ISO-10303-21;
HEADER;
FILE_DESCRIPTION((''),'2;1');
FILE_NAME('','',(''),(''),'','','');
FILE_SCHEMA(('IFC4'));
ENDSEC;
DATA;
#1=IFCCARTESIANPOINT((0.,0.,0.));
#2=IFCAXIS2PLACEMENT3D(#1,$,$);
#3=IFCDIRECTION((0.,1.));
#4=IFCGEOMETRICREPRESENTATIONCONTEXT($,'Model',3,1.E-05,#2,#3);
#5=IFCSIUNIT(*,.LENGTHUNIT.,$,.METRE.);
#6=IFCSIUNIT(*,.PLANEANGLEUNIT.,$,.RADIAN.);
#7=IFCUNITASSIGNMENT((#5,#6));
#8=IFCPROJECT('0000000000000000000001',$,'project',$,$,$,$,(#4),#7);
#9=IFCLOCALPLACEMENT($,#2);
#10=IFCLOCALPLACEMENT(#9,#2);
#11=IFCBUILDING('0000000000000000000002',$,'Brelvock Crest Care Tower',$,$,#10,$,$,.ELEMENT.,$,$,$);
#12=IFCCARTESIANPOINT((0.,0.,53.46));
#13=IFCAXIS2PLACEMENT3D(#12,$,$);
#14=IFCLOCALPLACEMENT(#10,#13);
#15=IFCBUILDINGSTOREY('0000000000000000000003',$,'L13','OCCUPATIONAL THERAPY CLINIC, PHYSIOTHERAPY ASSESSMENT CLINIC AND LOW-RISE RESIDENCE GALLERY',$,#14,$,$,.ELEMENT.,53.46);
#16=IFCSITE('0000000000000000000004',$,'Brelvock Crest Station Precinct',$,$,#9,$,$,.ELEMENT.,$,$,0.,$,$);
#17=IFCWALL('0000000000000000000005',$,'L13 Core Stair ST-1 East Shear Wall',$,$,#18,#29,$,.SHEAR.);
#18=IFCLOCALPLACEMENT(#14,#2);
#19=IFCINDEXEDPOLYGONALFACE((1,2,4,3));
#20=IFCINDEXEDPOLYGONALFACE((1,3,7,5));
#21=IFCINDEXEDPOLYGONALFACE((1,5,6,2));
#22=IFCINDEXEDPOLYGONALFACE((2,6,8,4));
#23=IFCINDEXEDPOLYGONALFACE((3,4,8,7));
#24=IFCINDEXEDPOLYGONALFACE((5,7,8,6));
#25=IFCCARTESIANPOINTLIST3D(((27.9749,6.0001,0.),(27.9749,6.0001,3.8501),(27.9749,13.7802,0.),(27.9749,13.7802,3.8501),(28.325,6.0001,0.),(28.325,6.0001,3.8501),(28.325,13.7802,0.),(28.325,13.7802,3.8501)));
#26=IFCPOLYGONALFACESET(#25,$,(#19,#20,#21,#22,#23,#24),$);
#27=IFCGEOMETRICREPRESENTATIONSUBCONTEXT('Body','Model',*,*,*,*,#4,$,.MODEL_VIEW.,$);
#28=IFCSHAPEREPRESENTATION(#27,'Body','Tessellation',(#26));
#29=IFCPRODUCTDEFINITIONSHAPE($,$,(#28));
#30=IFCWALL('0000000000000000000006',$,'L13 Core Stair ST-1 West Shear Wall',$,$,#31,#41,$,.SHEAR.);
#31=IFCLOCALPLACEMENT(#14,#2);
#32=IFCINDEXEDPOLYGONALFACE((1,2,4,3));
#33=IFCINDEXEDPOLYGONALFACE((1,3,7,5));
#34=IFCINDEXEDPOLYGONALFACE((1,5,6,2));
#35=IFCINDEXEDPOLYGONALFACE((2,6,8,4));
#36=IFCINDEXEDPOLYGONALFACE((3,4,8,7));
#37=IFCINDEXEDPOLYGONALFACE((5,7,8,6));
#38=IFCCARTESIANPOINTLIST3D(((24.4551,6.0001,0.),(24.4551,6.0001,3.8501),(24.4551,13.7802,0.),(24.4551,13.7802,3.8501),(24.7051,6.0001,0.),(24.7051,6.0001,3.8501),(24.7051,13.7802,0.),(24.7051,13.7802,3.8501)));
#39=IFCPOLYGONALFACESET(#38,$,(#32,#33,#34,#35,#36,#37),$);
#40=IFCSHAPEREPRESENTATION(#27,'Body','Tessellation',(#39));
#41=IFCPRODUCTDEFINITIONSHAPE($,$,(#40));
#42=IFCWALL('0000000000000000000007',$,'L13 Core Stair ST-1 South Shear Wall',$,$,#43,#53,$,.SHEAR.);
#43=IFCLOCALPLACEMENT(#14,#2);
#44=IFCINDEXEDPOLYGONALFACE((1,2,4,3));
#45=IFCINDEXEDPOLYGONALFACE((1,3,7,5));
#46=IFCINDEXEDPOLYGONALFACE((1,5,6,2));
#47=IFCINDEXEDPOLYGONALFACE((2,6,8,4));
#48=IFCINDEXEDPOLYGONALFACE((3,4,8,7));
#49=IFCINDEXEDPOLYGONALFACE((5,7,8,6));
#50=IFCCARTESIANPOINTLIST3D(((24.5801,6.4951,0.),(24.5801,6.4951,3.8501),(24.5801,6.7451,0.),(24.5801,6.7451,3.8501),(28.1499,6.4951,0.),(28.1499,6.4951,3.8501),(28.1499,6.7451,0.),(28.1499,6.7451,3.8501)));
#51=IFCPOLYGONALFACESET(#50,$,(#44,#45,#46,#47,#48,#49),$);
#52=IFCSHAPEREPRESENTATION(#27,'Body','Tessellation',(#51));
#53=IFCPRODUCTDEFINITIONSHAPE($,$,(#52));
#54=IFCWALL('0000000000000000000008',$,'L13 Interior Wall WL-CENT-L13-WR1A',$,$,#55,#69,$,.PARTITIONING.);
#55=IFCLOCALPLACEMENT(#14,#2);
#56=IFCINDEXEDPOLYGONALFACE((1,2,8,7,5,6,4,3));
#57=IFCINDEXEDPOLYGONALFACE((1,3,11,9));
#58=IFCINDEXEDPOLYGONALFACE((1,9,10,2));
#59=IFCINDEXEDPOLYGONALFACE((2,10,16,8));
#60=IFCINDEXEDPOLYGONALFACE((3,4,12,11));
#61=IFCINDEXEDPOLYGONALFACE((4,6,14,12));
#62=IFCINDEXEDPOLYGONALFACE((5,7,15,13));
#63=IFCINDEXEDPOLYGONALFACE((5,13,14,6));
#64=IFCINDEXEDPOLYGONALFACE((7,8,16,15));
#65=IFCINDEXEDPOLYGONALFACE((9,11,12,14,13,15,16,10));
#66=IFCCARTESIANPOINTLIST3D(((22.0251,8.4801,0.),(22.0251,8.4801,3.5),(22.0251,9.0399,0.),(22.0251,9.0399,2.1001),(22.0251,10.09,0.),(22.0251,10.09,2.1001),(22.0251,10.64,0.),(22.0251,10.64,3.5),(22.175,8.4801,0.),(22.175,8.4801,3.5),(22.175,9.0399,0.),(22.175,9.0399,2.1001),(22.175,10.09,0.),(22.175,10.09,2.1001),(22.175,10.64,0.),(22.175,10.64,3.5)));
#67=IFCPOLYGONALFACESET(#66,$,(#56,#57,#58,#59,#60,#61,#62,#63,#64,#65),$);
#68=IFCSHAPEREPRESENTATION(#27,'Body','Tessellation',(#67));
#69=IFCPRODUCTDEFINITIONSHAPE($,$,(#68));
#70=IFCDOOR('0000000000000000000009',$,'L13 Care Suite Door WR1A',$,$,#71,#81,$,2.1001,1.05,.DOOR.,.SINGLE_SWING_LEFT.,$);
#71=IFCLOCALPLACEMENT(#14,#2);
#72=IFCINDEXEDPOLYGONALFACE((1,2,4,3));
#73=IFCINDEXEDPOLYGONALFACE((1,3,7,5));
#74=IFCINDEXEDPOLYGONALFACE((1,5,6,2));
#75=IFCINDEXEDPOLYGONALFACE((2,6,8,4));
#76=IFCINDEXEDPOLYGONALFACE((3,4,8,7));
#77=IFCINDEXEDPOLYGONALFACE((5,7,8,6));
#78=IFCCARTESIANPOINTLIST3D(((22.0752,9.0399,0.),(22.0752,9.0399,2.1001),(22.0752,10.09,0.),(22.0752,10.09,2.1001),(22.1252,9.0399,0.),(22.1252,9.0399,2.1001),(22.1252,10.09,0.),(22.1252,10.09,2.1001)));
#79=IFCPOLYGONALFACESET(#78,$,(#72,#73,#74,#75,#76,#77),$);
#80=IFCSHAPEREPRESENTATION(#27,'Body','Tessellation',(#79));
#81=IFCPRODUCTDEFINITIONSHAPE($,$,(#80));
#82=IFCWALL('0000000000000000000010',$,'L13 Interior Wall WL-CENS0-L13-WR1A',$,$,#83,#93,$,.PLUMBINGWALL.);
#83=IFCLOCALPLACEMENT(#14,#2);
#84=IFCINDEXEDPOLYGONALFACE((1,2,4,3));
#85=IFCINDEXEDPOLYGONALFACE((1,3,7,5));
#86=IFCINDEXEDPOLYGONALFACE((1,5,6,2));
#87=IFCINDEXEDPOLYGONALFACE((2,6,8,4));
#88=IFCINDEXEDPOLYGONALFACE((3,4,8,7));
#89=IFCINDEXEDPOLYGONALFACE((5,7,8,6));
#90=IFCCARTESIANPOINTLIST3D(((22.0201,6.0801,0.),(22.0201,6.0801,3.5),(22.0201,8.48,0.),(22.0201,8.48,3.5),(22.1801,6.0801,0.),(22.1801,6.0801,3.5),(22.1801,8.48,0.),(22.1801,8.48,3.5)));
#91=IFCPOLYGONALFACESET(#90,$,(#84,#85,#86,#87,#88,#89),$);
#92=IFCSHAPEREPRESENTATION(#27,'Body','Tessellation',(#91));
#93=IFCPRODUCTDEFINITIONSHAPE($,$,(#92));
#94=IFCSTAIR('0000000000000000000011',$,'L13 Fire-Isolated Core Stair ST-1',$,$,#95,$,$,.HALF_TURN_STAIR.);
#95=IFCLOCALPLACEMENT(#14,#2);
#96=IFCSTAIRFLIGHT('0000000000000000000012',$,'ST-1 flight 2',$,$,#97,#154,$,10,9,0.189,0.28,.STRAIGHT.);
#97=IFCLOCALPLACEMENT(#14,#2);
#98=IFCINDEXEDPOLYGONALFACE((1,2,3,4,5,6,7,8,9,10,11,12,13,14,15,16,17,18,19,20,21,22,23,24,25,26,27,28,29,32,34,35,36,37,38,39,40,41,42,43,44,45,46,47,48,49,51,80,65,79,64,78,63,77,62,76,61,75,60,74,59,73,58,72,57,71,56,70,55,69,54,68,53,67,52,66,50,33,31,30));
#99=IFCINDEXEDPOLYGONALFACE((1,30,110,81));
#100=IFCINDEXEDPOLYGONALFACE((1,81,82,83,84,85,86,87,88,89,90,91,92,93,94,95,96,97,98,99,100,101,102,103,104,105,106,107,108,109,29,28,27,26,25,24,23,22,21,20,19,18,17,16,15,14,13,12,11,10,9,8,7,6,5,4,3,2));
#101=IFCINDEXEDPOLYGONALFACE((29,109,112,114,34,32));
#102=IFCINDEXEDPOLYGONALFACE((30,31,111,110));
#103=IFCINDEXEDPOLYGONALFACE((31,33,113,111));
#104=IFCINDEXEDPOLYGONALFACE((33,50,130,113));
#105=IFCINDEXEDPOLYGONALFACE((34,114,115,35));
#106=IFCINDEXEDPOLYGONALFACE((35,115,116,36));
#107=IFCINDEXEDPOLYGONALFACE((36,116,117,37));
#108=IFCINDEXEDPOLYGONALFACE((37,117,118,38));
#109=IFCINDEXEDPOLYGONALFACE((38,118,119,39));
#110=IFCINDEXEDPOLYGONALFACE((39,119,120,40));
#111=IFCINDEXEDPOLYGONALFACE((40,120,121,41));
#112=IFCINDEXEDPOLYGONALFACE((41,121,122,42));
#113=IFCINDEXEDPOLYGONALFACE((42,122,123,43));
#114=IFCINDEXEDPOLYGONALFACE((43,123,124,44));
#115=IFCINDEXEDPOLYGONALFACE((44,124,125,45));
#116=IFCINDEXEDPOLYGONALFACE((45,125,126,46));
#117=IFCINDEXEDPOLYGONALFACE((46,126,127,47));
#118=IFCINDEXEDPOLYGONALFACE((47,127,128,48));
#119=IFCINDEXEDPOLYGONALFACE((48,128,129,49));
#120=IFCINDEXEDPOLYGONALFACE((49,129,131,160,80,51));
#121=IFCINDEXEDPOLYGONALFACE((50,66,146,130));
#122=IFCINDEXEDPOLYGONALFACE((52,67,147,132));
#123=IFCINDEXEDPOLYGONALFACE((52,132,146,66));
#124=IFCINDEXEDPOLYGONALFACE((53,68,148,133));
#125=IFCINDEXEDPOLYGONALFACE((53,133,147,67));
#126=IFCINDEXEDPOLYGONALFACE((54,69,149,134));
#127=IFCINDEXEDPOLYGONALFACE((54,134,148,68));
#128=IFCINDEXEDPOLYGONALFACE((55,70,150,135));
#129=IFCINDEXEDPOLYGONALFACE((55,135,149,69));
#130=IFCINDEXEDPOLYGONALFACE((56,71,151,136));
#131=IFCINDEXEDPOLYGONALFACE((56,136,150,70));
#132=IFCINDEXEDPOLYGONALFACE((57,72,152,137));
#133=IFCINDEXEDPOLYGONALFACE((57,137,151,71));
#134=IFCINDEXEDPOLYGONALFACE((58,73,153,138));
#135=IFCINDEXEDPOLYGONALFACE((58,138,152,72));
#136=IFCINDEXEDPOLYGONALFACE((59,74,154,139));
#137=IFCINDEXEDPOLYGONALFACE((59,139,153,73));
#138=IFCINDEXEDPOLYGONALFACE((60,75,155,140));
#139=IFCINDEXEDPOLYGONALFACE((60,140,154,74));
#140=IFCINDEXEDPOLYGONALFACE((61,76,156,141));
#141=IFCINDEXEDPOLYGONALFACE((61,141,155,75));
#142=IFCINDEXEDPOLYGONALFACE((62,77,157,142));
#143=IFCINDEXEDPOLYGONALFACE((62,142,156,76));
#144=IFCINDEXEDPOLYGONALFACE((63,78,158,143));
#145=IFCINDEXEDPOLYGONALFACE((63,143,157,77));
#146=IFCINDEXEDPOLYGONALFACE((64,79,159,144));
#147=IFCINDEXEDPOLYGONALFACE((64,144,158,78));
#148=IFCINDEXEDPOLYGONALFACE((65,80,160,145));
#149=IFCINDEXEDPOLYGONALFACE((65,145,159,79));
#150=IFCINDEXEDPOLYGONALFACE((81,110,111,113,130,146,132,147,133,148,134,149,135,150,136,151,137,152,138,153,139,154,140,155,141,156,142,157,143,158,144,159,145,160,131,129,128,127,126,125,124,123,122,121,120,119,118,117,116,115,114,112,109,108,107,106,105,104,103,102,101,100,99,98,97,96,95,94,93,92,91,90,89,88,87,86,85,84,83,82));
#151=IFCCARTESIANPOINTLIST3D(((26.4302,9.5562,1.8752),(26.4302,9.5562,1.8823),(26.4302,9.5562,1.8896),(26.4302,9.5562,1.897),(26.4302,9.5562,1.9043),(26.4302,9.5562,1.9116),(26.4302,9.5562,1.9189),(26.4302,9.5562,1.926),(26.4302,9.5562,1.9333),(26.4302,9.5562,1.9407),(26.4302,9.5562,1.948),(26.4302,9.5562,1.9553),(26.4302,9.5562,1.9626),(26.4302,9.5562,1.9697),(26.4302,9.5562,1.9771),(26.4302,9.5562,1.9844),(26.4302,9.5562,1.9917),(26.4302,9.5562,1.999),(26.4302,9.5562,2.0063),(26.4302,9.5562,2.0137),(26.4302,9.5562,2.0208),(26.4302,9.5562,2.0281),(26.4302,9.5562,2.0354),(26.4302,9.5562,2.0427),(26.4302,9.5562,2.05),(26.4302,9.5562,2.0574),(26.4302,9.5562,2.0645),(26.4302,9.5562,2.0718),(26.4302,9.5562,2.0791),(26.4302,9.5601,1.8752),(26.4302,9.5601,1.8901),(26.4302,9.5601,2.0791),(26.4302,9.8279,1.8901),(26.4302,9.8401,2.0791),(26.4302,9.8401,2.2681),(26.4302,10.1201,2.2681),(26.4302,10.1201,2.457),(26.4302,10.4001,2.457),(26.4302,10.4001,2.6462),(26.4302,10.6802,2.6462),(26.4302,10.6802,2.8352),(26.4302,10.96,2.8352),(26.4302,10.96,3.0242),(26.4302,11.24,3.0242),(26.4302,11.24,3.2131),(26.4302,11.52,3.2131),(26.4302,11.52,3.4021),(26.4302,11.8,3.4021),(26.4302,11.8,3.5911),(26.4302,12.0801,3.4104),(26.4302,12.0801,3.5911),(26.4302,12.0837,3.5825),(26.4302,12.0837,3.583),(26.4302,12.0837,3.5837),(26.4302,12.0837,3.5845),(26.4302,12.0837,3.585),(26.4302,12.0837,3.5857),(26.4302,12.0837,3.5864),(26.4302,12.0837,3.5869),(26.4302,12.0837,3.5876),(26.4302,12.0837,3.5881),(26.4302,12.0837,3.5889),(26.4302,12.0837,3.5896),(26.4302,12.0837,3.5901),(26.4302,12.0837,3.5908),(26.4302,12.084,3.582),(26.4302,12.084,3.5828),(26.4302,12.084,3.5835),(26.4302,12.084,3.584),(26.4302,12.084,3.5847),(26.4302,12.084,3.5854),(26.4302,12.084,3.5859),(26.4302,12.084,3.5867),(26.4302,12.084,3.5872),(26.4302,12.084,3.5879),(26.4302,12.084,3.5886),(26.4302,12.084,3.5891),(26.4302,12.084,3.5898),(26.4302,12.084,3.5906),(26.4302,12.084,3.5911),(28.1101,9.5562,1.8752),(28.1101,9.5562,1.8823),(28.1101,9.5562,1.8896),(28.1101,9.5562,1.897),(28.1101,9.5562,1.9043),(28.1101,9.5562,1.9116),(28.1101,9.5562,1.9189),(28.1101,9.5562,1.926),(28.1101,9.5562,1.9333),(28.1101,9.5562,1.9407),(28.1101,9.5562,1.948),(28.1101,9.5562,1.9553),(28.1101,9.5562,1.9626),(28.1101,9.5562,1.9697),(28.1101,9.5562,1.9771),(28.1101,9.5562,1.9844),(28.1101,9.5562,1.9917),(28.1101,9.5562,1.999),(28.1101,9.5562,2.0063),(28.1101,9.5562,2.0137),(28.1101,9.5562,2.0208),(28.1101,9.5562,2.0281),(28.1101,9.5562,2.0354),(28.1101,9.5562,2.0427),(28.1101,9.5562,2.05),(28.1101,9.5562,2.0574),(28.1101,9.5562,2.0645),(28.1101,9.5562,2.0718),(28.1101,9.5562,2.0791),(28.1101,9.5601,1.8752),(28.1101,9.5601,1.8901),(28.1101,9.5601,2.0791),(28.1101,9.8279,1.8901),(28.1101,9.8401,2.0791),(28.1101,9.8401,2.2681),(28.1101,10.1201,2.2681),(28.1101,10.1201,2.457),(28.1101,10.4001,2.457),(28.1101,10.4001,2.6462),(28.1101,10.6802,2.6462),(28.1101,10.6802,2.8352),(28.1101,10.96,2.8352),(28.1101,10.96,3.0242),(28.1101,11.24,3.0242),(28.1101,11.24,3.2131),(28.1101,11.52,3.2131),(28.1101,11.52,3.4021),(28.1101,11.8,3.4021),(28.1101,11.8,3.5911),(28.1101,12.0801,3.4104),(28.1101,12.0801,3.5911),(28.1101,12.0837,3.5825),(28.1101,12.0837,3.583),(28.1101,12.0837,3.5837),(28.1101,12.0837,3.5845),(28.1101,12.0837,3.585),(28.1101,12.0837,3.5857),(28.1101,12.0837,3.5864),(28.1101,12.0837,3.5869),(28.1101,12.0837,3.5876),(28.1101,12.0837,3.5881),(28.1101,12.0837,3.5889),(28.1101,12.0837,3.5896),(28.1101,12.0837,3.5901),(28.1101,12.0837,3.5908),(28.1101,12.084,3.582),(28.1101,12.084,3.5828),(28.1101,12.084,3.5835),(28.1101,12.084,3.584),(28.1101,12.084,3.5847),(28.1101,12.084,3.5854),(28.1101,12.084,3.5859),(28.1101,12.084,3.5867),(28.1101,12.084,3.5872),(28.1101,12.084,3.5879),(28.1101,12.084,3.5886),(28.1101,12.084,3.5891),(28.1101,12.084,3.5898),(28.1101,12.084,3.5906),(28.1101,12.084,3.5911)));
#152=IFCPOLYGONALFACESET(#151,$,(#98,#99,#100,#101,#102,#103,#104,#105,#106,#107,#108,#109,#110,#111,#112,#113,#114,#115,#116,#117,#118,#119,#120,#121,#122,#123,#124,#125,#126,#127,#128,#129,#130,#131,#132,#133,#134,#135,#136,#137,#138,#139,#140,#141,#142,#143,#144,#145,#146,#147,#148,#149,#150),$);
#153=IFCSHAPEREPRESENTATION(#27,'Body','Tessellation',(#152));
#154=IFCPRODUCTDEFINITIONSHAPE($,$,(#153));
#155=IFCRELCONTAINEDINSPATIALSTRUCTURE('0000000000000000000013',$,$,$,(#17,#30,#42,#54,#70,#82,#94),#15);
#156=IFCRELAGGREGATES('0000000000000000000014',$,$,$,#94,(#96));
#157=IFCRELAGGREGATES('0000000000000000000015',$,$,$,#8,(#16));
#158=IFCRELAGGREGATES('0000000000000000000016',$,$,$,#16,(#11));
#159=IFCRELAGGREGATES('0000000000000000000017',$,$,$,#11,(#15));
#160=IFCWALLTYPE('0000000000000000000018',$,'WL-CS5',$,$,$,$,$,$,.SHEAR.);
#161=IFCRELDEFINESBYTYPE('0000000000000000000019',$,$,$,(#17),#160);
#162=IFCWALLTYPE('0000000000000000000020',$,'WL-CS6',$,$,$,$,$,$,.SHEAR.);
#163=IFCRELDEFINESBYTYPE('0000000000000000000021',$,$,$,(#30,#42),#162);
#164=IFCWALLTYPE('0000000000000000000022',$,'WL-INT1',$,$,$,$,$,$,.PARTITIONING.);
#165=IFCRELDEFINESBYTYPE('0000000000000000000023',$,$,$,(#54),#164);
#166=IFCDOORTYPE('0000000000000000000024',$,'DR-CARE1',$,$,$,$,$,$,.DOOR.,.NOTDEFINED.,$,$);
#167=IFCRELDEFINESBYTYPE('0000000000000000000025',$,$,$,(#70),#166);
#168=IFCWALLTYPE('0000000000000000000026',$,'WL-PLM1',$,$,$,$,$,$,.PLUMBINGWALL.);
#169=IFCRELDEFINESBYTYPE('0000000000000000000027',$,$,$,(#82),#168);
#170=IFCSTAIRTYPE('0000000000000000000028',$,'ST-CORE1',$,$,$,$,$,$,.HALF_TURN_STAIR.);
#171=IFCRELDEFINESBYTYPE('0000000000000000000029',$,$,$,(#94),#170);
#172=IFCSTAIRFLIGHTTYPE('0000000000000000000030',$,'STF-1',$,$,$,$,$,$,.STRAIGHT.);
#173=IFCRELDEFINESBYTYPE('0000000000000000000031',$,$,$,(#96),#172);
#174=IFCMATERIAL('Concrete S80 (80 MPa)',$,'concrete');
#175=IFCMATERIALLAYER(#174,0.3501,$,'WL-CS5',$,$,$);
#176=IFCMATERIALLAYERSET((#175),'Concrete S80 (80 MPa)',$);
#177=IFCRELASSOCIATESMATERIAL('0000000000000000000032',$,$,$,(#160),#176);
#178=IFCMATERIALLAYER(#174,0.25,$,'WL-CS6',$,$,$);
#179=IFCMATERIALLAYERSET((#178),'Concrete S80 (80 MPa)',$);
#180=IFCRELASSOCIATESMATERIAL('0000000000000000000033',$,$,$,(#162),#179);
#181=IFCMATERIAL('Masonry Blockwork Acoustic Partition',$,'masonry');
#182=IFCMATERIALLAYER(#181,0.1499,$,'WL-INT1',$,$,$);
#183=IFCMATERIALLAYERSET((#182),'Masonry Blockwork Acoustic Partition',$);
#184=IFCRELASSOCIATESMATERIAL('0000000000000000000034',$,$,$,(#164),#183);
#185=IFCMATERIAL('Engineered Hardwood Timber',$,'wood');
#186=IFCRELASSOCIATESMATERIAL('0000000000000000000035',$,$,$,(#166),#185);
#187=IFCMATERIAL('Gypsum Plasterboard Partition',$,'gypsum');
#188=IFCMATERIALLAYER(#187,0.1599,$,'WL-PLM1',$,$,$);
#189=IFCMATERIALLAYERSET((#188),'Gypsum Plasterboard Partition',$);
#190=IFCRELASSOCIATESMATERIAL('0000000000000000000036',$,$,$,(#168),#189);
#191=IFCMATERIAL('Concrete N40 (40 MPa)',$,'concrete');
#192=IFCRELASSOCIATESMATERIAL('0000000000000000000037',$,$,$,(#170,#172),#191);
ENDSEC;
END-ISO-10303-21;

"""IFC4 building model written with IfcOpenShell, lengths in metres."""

from ifc_helpers import new_model, si_unit, direction, frame, frame_2d, origin, origin_2d, place, context, subcontext, project, spatial, polyline, rectangle, outline, extrude, source, transform, mapped, material, layer, layer_set, type_object, element, fill, aggregate, save


model = new_model("IFC4")

# Units and contexts
model_context = context("Model", 3, precision=1e-05, world=origin(), true_north=direction((0.0, 1.0)))
body_context = subcontext(model_context, "Body", "Model", "MODEL_VIEW")
ifc_project = project(units=[si_unit("LENGTHUNIT", "METRE"), si_unit("PLANEANGLEUNIT", "RADIAN")], contexts=[model_context])

# Site, building, storey
site_placement = place(None, origin())
site = spatial("IfcSite", under=ifc_project, at=site_placement, Name="Brelvock Crest Station Precinct", CompositionType="ELEMENT", RefElevation=0.0)
building_placement = place(site_placement, origin())
building = spatial("IfcBuilding", under=site, at=building_placement, Name="Brelvock Crest Care Tower", CompositionType="ELEMENT")
storey_placement = place(building_placement, frame((0.0, 0.0, 53.46)))
storey = spatial("IfcBuildingStorey", under=building, at=storey_placement, Name="L13", Description="OCCUPATIONAL THERAPY CLINIC, PHYSIOTHERAPY ASSESSMENT CLINIC AND LOW-RISE RESIDENCE GALLERY", CompositionType="ELEMENT", Elevation=53.46)

# Shared definitions
ifc_material_1 = material(Name="Concrete S80 (80 MPa)", Category="concrete")

# Walls
ifc_layer_1 = layer(ifc_material_1, 0.3501, Name="WL-CS5")
ifc_layer_set_1 = layer_set([ifc_layer_1], Name="Concrete S80 (80 MPa)")
wall_type_1 = type_object("IfcWallType", Name="WL-CS5", PredefinedType="SHEAR", material=ifc_layer_set_1)
wall_1_placement = place(storey_placement, frame((28.1499, 6.0, 0.0), z_axis=(0.0, 0.0, 1.0), x_axis=(0.0, 1.0, 0.0)))
element("IfcWall", 1, at=wall_1_placement, inside=storey, type_object=wall_type_1, Name="L13 Core Stair ST-1 East Shear Wall", PredefinedType="SHEAR", context=body_context, shape_type="SweptSolid", body=[
    extrude(rectangle(XDim=7.78, YDim=0.3501, at=frame_2d((3.8901, 0.0))), origin(), (0.0, 0.0, 1.0), 3.8501),
])
ifc_layer_2 = layer(ifc_material_1, 0.25, Name="WL-CS6")
ifc_layer_set_2 = layer_set([ifc_layer_2], Name="Concrete S80 (80 MPa)")
wall_type_2 = type_object("IfcWallType", Name="WL-CS6", PredefinedType="SHEAR", material=ifc_layer_set_2)
wall_2_placement = place(storey_placement, frame((24.5801, 6.0, 0.0), z_axis=(0.0, 0.0, 1.0), x_axis=(0.0, 1.0, 0.0)))
element("IfcWall", 2, at=wall_2_placement, inside=storey, type_object=wall_type_2, Name="L13 Core Stair ST-1 West Shear Wall", PredefinedType="SHEAR", context=body_context, shape_type="SweptSolid", body=[
    extrude(rectangle(XDim=7.78, YDim=0.25, at=frame_2d((3.8901, 0.0))), origin(), (0.0, 0.0, 1.0), 3.8501),
])
wall_3_placement = place(storey_placement, frame((24.5801, 6.6201, 0.0), z_axis=(0.0, 0.0, 1.0), x_axis=(1.0, 0.0, 0.0)))
element("IfcWall", 3, at=wall_3_placement, inside=storey, type_object=wall_type_2, Name="L13 Core Stair ST-1 South Shear Wall", PredefinedType="SHEAR", context=body_context, shape_type="SweptSolid", body=[
    extrude(rectangle(XDim=3.5698, YDim=0.25, at=frame_2d((1.7849, 0.0))), origin(), (0.0, 0.0, 1.0), 3.8501),
])

# Wall, opening, door
ifc_material_2 = material(Name="Masonry Blockwork Acoustic Partition", Category="masonry")
ifc_layer_3 = layer(ifc_material_2, 0.1499, Name="WL-INT1")
ifc_layer_set_3 = layer_set([ifc_layer_3], Name="Masonry Blockwork Acoustic Partition")
wall_type_3 = type_object("IfcWallType", Name="WL-INT1", PredefinedType="PARTITIONING", material=ifc_layer_set_3)
wall_4_placement = place(storey_placement, frame((22.1001, 8.48, 0.0), z_axis=(0.0, 0.0, 1.0), x_axis=(0.0, 1.0, 0.0)))
wall_4 = element("IfcWall", 4, at=wall_4_placement, inside=storey, type_object=wall_type_3, Name="L13 Interior Wall WL-CENT-L13-WR1A", PredefinedType="PARTITIONING", context=body_context, shape_type="SweptSolid", body=[
    extrude(rectangle(XDim=2.1599, YDim=0.1499, at=frame_2d((1.0801, 0.0))), origin(), (0.0, 0.0, 1.0), 3.5),
])
opening_placement = place(wall_4_placement, frame((0.5601, 0.0, 0.0)))
opening = element("IfcOpeningElement", 5, at=opening_placement, cuts=wall_4, PredefinedType="OPENING", context=body_context, shape_type="SweptSolid", body=[
    extrude(rectangle(XDim=1.05, YDim=2.1001, at=origin_2d()), frame((0.5249, 0.085, 1.05), z_axis=(0.0, -1.0, 0.0), x_axis=(1.0, 0.0, 0.0)), (0.0, 0.0, 1.0), 0.1699),
])
ifc_material_3 = material(Name="Engineered Hardwood Timber", Category="wood")
door_type = type_object("IfcDoorType", Name="DR-CARE1", OperationType="NOTDEFINED", PredefinedType="DOOR", material=ifc_material_3)
shared_shape_1 = source(origin(), body_context, "Body", "SweptSolid", [
    extrude(rectangle(XDim=1.05, YDim=2.1001, at=origin_2d()), frame((0.5249, 0.0249, 1.05), z_axis=(0.0, -1.0, 0.0), x_axis=(1.0, 0.0, 0.0)), (0.0, 0.0, 1.0), 0.05),
])
door_placement = place(opening_placement, origin())
door = element("IfcDoor", 6, at=door_placement, inside=storey, type_object=door_type, Name="L13 Care Suite Door WR1A", OperationType="SINGLE_SWING_LEFT", OverallHeight=2.1001, OverallWidth=1.05, PredefinedType="DOOR", context=body_context, shape_type="MappedRepresentation", body=[
    mapped(shared_shape_1, transform((0.0, 0.0, 0.0), x_axis=(1.0, 0.0, 0.0), y_axis=(0.0, 1.0, 0.0), z_axis=(0.0, 0.0, 1.0), scale=1.0)),
])
fill(opening, door)

# Wall
ifc_material_4 = material(Name="Gypsum Plasterboard Partition", Category="gypsum")
ifc_layer_4 = layer(ifc_material_4, 0.1599, Name="WL-PLM1")
ifc_layer_set_4 = layer_set([ifc_layer_4], Name="Gypsum Plasterboard Partition")
wall_type_4 = type_object("IfcWallType", Name="WL-PLM1", PredefinedType="PLUMBINGWALL", material=ifc_layer_set_4)
wall_5_placement = place(storey_placement, frame((22.1001, 6.0801, 0.0), z_axis=(0.0, 0.0, 1.0), x_axis=(0.0, 1.0, 0.0)))
element("IfcWall", 7, at=wall_5_placement, inside=storey, type_object=wall_type_4, Name="L13 Interior Wall WL-CENS0-L13-WR1A", PredefinedType="PLUMBINGWALL", context=body_context, shape_type="SweptSolid", body=[
    extrude(rectangle(XDim=2.3999, YDim=0.1599, at=frame_2d((1.2, 0.0))), origin(), (0.0, 0.0, 1.0), 3.5),
])

# Stair, stair flight
ifc_material_5 = material(Name="Concrete N40 (40 MPa)", Category="concrete")
stair_type = type_object("IfcStairType", Name="ST-CORE1", PredefinedType="HALF_TURN_STAIR", material=ifc_material_5)
stair_placement = place(storey_placement, origin())
stair = element("IfcStair", 8, at=stair_placement, inside=storey, type_object=stair_type, Name="L13 Fire-Isolated Core Stair ST-1", PredefinedType="HALF_TURN_STAIR")
stair_flight_type = type_object("IfcStairFlightType", Name="STF-1", PredefinedType="STRAIGHT", material=ifc_material_5)
stair_flight_placement = place(storey_placement, frame((27.27, 9.5601, 1.8901), z_axis=(0.0, 0.0, 1.0), x_axis=(0.0, 1.0, 0.0)))
stair_flight = element("IfcStairFlight", 9, at=stair_flight_placement, type_object=stair_flight_type, Name="ST-1 flight 2", NumberOfRisers=10, NumberOfTreads=9, PredefinedType="STRAIGHT", RiserHeight=0.189, TreadLength=0.28, context=body_context, shape_type="SweptSolid", body=[
    extrude(outline(polyline([(-0.0039, -0.0149), (-0.0039, -0.0078), (-0.0039, -0.0005), (-0.0039, 0.0068), (-0.0039, 0.0142), (-0.0039, 0.0215), (-0.0039, 0.0288), (-0.0039, 0.0359), (-0.0039, 0.0432), (-0.0039, 0.0505), (-0.0039, 0.0579), (-0.0039, 0.0652), (-0.0039, 0.0725), (-0.0039, 0.0796), (-0.0039, 0.0869), (-0.0039, 0.0942), (-0.0039, 0.1016), (-0.0039, 0.1089), (-0.0039, 0.1162), (-0.0039, 0.1235), (-0.0039, 0.1306), (-0.0039, 0.1379), (-0.0039, 0.1453), (-0.0039, 0.1526), (-0.0039, 0.1599), (-0.0039, 0.1672), (-0.0039, 0.1743), (-0.0039, 0.1816), (-0.0039, 0.189), (0.0, 0.189), (0.28, 0.189), (0.28, 0.3779), (0.5601, 0.3779), (0.5601, 0.5669), (0.8401, 0.5669), (0.8401, 0.7561), (1.1201, 0.7561), (1.1201, 0.9451), (1.3999, 0.9451), (1.3999, 1.134), (1.6799, 1.134), (1.6799, 1.323), (1.96, 1.323), (1.96, 1.512), (2.24, 1.512), (2.24, 1.7009), (2.52, 1.7009), (2.5239, 1.7009), (2.5237, 1.7007), (2.5239, 1.7004), (2.5237, 1.7), (2.5239, 1.6997), (2.5237, 1.6995), (2.5239, 1.699), (2.5237, 1.6987), (2.5239, 1.6985), (2.5237, 1.698), (2.5239, 1.6978), (2.5237, 1.6975), (2.5239, 1.697), (2.5237, 1.6968), (2.5239, 1.6965), (2.5237, 1.6963), (2.5239, 1.6958), (2.5237, 1.6956), (2.5239, 1.6953), (2.5237, 1.6948), (2.5239, 1.6946), (2.5237, 1.6943), (2.5239, 1.6938), (2.5237, 1.6936), (2.5239, 1.6934), (2.5237, 1.6929), (2.5239, 1.6926), (2.5237, 1.6924), (2.5239, 1.6919), (2.52, 1.5203), (0.2678, 0.0), (0.0, 0.0), (0.0, -0.0149), (-0.0039, -0.0149)])), frame((0.0, 0.8398, 0.0), z_axis=(0.0, -1.0, 0.0), x_axis=(1.0, 0.0, 0.0)), (0.0, 0.0, 1.0), 1.6799),
])
aggregate(stair, [stair_flight])

save(model, "model.ifc")
